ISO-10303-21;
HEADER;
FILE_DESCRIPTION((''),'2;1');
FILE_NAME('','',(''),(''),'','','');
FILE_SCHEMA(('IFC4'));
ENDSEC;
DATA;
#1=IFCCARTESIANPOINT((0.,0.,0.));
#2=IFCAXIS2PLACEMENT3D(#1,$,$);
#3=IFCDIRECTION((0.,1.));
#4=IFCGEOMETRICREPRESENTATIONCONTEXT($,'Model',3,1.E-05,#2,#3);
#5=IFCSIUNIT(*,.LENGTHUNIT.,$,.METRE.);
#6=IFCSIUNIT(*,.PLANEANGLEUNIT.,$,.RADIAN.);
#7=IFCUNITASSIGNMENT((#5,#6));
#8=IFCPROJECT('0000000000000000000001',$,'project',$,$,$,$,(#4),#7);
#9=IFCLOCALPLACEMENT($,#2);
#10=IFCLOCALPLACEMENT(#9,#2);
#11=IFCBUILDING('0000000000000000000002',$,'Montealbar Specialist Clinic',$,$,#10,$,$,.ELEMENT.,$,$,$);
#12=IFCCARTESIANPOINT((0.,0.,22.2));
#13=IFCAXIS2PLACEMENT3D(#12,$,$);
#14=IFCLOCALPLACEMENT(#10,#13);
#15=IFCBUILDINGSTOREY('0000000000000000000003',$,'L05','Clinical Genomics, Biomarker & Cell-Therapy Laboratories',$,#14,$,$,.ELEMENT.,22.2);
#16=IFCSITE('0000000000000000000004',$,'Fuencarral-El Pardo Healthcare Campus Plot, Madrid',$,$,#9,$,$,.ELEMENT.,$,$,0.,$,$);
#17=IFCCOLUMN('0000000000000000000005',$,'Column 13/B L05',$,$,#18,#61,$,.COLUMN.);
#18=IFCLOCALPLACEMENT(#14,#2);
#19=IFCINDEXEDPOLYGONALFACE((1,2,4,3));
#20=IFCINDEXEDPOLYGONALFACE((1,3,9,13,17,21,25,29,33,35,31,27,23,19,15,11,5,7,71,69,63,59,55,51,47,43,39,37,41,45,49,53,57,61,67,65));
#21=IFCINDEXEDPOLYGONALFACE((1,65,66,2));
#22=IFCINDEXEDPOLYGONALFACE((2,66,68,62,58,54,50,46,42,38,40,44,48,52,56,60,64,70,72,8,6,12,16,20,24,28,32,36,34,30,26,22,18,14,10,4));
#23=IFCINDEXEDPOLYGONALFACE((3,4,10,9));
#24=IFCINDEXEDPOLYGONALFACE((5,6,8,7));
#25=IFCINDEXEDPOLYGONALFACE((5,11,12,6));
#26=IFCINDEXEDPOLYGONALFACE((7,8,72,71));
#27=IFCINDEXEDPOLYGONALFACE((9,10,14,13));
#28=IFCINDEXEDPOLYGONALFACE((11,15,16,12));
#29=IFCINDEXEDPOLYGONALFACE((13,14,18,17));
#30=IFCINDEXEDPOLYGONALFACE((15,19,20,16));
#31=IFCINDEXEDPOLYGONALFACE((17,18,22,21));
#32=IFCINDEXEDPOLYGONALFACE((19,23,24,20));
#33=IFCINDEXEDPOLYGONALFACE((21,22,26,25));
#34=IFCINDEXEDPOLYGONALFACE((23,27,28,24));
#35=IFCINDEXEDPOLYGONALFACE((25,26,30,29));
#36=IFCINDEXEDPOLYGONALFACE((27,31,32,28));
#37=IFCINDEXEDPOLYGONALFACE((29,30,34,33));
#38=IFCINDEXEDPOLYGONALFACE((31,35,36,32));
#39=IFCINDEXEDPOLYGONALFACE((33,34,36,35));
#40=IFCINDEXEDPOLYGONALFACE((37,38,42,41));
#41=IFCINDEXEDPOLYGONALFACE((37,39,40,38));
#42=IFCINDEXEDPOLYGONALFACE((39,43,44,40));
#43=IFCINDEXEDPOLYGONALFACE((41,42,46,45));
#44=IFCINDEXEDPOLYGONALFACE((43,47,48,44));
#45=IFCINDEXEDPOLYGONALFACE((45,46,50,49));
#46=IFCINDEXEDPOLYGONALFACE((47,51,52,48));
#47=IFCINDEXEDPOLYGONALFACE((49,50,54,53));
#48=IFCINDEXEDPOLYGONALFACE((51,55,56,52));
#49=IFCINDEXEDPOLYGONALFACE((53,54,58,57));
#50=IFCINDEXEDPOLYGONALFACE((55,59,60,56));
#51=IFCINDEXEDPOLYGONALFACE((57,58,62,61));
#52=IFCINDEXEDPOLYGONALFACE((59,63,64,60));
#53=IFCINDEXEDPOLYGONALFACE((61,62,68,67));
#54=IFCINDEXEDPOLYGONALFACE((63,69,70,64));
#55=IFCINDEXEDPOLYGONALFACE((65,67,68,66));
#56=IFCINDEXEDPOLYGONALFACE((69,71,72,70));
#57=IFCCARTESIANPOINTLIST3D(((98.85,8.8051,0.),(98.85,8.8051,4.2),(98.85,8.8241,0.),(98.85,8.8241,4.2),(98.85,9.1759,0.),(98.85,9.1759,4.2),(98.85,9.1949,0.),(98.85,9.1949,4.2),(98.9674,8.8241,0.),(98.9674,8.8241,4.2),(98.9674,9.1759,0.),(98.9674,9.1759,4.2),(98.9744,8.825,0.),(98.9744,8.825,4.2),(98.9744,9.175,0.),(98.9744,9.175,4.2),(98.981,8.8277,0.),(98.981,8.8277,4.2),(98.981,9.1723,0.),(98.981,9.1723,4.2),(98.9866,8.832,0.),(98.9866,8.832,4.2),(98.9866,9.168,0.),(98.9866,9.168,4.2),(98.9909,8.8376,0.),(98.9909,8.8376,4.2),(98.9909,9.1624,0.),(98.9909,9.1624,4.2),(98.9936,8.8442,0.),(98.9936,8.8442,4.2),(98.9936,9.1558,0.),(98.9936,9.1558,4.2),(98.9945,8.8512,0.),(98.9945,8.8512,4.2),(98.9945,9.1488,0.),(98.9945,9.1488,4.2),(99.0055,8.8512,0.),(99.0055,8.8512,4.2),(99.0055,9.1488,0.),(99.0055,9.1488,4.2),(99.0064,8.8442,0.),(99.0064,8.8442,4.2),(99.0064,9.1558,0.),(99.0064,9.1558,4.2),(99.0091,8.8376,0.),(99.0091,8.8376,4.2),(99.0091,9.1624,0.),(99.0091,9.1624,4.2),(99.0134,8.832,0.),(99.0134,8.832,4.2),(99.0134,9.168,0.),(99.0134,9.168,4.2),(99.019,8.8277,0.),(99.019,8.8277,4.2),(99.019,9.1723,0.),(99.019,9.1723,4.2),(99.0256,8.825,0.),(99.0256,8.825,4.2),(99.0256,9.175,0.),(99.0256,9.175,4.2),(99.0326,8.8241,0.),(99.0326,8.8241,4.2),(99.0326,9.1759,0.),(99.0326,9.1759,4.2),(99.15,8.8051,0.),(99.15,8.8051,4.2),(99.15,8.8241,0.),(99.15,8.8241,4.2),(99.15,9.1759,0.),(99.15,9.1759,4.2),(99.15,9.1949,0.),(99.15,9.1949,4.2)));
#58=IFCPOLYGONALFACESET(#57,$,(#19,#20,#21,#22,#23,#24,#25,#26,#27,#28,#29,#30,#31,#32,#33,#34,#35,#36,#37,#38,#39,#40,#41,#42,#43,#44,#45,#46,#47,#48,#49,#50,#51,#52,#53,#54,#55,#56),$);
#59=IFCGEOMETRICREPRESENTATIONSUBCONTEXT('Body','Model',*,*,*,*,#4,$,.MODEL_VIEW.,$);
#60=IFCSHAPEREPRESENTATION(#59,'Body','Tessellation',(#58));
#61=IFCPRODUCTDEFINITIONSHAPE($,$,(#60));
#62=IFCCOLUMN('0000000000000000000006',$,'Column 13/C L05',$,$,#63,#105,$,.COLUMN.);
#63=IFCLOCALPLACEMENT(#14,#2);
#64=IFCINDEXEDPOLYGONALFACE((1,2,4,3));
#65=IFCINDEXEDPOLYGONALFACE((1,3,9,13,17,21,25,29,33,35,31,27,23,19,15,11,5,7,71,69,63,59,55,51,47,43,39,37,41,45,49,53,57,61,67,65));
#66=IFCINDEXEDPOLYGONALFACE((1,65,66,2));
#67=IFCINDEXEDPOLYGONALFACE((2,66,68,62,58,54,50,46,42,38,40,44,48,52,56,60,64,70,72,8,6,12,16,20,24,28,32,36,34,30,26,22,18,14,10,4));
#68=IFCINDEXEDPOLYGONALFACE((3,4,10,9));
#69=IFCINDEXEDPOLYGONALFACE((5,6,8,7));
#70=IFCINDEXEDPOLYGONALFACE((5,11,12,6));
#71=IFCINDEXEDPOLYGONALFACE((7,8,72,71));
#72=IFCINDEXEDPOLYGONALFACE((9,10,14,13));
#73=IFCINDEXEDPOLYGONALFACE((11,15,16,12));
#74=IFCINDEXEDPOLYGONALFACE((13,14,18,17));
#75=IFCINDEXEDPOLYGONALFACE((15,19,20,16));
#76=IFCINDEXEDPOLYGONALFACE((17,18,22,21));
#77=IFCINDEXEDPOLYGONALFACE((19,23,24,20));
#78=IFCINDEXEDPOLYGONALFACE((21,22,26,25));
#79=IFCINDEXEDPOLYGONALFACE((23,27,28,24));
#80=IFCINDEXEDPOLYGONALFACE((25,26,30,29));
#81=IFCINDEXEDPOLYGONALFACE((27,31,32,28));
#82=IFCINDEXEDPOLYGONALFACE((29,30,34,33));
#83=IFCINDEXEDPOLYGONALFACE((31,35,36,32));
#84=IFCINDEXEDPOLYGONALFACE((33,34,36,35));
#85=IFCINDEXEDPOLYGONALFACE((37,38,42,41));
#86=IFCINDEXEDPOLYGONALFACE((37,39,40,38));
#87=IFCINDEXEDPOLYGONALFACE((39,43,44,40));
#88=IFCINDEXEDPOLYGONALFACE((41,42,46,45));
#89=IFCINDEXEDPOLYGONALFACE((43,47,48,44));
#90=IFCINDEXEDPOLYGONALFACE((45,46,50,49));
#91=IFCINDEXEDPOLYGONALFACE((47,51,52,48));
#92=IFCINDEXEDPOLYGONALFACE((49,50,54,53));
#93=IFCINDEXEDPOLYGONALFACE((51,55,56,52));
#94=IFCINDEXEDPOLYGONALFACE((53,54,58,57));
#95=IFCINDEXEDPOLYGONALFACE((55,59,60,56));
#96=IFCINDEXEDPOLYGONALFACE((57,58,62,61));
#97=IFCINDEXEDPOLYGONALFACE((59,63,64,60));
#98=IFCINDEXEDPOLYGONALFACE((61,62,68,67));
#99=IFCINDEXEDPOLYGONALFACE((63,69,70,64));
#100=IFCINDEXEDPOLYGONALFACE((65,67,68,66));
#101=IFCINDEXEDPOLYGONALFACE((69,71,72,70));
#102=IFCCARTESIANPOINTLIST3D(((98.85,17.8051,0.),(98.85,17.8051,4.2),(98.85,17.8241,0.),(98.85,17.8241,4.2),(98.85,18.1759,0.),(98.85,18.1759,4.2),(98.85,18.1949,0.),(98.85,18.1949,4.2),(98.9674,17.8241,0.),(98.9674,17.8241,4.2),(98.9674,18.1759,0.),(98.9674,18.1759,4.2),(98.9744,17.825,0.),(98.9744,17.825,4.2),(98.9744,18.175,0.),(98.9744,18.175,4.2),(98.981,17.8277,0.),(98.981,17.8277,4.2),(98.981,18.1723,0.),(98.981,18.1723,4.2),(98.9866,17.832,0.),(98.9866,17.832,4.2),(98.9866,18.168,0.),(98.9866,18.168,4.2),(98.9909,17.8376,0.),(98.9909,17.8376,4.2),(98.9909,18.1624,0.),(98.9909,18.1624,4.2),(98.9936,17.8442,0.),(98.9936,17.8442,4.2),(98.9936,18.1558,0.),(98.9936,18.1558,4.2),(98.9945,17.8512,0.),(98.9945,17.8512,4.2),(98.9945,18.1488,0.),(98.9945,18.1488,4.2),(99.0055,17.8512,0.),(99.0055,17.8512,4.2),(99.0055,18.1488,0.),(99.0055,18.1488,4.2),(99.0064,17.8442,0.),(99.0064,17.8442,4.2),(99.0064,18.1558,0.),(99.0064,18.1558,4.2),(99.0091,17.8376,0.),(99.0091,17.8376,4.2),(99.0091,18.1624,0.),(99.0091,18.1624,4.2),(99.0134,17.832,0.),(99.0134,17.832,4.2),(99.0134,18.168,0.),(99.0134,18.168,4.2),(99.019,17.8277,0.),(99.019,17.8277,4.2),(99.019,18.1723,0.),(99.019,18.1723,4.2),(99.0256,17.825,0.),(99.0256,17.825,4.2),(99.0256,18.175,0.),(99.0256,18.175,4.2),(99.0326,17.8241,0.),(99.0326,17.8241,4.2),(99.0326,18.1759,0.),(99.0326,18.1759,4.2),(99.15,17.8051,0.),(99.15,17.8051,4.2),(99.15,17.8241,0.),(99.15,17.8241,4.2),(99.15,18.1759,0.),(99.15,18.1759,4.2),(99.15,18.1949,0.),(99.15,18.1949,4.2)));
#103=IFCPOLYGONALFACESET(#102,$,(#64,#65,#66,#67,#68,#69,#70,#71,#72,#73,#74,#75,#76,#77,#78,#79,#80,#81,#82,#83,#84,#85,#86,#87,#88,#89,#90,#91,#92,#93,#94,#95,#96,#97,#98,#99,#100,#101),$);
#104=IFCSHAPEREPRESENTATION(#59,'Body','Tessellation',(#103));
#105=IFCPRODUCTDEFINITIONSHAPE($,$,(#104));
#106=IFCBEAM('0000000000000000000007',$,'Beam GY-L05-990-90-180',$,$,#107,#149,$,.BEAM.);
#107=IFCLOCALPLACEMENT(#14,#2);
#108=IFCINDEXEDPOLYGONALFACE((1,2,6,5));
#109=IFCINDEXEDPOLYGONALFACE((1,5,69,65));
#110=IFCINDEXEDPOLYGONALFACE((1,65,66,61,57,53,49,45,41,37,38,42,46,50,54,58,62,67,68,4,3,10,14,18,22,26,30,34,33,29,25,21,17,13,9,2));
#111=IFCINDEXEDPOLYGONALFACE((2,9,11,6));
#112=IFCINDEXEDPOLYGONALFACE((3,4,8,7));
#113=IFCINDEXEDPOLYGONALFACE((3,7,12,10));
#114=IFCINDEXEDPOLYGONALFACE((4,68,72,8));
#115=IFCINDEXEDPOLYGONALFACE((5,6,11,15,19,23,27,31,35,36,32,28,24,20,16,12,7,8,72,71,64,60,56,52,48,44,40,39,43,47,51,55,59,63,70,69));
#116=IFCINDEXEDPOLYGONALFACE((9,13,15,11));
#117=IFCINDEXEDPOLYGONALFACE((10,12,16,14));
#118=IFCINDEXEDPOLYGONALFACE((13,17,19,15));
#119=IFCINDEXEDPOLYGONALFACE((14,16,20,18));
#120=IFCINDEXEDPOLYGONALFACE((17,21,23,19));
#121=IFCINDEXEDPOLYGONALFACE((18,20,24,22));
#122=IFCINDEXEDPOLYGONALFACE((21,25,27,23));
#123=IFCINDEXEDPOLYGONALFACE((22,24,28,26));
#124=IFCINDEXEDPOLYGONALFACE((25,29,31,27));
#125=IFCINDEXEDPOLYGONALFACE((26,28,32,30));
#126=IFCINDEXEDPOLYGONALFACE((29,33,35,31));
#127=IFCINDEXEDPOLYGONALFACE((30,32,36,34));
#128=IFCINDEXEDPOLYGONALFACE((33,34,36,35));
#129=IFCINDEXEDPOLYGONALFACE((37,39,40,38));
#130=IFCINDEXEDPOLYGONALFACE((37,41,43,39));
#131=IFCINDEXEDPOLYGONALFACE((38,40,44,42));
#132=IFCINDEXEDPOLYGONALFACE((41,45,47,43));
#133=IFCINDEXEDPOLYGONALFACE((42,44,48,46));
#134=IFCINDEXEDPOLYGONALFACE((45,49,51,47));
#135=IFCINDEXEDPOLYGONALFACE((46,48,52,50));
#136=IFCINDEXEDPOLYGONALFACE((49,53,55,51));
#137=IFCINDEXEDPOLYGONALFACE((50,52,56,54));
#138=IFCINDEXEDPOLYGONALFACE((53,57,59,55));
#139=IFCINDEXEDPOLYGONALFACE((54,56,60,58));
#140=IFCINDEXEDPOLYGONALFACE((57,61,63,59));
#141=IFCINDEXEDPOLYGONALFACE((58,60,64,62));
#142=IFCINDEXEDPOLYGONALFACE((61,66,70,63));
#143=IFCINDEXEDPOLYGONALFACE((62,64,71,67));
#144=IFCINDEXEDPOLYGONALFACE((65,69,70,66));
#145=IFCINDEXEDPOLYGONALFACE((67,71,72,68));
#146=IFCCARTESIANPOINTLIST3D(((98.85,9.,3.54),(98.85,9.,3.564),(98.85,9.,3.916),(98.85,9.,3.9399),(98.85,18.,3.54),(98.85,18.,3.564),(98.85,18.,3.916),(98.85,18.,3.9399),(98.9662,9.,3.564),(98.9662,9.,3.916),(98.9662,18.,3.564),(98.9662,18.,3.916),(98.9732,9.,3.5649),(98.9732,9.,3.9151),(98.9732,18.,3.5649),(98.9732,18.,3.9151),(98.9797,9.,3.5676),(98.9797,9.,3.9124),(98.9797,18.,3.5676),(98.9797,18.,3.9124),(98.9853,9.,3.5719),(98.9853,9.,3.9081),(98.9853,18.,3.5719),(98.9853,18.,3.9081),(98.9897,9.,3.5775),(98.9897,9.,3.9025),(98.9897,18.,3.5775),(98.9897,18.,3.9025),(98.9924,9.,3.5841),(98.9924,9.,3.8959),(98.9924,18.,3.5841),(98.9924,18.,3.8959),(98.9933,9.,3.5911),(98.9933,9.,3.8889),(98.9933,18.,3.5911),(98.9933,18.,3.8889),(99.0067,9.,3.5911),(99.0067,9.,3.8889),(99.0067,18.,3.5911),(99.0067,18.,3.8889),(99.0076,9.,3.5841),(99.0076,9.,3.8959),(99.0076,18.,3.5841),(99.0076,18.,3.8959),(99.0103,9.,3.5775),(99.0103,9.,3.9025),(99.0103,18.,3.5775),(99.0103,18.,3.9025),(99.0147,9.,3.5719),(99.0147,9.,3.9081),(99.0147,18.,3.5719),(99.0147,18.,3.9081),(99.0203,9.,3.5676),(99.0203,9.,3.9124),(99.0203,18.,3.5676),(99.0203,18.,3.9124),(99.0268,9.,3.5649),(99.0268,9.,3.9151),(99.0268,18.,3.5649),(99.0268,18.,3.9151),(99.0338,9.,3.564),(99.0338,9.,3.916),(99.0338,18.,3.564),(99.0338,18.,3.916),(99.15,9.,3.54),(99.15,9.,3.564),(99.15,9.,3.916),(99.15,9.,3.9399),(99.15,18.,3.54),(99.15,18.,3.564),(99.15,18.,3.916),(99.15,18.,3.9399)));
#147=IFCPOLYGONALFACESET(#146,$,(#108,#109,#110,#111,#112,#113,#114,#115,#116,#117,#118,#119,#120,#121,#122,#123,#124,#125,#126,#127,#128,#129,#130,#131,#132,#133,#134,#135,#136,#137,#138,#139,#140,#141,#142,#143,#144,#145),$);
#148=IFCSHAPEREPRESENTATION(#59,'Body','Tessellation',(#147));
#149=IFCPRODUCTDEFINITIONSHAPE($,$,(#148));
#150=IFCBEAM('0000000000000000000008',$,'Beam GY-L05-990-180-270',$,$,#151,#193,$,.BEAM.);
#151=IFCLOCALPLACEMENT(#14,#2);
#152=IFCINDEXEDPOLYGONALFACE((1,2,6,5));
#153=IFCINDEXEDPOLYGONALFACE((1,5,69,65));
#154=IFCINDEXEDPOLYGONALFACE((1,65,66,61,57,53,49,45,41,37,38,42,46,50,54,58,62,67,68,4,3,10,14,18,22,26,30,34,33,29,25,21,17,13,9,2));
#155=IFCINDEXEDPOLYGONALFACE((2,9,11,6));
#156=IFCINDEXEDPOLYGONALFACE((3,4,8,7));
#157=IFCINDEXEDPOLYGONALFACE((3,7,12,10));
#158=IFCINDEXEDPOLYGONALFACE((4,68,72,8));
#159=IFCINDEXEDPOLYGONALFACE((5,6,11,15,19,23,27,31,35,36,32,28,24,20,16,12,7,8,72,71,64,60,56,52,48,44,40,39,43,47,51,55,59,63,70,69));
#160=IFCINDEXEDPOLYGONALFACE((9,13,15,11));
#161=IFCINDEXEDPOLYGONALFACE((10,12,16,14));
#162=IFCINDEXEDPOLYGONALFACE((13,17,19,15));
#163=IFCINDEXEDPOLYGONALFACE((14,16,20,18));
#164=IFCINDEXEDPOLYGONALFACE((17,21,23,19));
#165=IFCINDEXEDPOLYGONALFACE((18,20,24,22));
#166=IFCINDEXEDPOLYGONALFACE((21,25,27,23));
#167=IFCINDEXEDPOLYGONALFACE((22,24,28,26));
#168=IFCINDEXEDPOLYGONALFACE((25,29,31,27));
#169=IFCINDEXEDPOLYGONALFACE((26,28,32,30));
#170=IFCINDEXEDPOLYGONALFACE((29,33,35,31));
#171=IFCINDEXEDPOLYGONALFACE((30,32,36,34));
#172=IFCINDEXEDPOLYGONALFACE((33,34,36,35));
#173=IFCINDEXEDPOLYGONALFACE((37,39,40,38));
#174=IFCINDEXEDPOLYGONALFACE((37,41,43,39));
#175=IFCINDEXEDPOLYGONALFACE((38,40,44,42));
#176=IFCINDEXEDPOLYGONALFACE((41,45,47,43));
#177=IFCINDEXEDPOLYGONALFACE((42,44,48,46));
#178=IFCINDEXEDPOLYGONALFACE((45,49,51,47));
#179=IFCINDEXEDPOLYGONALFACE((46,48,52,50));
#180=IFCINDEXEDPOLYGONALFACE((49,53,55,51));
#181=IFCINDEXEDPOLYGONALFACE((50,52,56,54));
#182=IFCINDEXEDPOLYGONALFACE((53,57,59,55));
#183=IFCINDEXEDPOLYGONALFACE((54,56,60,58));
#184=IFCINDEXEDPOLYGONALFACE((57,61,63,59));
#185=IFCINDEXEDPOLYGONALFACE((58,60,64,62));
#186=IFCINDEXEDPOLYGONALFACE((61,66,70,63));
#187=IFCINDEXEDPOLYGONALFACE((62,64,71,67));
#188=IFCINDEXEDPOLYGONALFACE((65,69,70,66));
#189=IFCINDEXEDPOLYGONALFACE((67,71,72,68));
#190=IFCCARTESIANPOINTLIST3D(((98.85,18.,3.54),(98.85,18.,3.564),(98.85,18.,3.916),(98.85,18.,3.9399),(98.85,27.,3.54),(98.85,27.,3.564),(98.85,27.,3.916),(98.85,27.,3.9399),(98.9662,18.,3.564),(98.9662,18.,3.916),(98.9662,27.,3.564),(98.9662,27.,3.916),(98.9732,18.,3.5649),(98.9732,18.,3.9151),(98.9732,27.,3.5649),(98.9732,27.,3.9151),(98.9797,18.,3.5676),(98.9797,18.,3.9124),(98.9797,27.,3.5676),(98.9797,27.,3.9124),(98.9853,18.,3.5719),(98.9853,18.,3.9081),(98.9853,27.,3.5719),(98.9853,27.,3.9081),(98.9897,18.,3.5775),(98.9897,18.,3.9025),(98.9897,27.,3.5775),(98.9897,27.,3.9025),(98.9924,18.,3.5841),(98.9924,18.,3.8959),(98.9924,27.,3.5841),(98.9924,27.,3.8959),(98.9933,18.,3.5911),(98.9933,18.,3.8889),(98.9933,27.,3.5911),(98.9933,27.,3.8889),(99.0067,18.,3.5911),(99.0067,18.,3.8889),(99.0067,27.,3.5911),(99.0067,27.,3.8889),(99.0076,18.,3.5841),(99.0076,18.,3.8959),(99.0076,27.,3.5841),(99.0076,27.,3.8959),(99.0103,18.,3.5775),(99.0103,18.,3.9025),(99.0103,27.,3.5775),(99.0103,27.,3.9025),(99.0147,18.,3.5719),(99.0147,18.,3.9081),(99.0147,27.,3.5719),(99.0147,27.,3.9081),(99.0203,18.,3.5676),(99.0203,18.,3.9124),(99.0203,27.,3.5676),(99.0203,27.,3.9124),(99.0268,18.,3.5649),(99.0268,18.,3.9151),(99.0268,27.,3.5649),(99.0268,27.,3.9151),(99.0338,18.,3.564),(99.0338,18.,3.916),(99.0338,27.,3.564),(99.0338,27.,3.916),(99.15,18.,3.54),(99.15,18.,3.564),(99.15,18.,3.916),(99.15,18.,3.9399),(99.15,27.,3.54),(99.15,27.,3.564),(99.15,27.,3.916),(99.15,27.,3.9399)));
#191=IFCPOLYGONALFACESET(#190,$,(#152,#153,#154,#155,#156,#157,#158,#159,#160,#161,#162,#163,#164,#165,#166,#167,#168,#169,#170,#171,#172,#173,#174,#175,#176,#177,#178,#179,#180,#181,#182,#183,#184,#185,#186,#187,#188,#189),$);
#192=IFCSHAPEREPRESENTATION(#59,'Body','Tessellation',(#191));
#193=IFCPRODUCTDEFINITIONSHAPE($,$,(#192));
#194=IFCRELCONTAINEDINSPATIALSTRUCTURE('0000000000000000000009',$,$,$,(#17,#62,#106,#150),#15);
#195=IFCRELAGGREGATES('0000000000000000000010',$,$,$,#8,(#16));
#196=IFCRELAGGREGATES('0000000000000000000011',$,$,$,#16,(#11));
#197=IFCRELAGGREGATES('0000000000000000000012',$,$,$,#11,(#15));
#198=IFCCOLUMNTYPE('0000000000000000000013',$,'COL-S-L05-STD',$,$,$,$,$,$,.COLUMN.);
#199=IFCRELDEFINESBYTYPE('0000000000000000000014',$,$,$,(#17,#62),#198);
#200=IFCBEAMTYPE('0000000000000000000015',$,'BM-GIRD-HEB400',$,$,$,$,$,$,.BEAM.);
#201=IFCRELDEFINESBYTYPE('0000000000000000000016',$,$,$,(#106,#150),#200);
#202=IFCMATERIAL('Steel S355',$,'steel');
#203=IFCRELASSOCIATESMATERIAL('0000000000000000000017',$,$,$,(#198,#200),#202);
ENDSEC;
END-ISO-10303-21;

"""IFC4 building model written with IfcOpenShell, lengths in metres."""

from ifc_helpers import new_model, si_unit, direction, frame, origin, origin_2d, place, context, subcontext, project, spatial, i_section, extrude, material, material_profile, profile_set, type_object, element, save


model = new_model("IFC4")

# Units and contexts
model_context = context("Model", 3, precision=1e-05, world=origin(), true_north=direction((0.0, 1.0)))
body_context = subcontext(model_context, "Body", "Model", "MODEL_VIEW")
ifc_project = project(units=[si_unit("LENGTHUNIT", "METRE"), si_unit("PLANEANGLEUNIT", "RADIAN")], contexts=[model_context])

# Site, building, storey
site_placement = place(None, origin())
site = spatial("IfcSite", under=ifc_project, at=site_placement, Name="Fuencarral-El Pardo Healthcare Campus Plot, Madrid", CompositionType="ELEMENT", RefElevation=0.0)
building_placement = place(site_placement, origin())
building = spatial("IfcBuilding", under=site, at=building_placement, Name="Montealbar Specialist Clinic", CompositionType="ELEMENT")
storey_placement = place(building_placement, frame((0.0, 0.0, 22.2)))
storey = spatial("IfcBuildingStorey", under=building, at=storey_placement, Name="L05", Description="Clinical Genomics, Biomarker & Cell-Therapy Laboratories", CompositionType="ELEMENT", Elevation=22.2)

# Columns
ifc_material_1 = material(Name="Steel S355", Category="steel")
ifc_material_profile_1 = material_profile(ifc_material_1, i_section(OverallWidth=0.3, OverallDepth=0.3899, WebThickness=0.011, FlangeThickness=0.019, FilletRadius=0.0271, at=origin_2d()), Name="HEA 400", Category="steel")
ifc_profile_set_1 = profile_set([ifc_material_profile_1], Name="Steel S355")
column_type = type_object("IfcColumnType", Name="COL-S-L05-STD", PredefinedType="COLUMN", material=ifc_profile_set_1)
for number, where, z_axis, x_axis, name in (
    (1, (99.0, 9.0, 0.0), (0.0, 0.0, 1.0), (1.0, 0.0, 0.0), "Column 13/B L05"),
    (2, (99.0, 18.0, 0.0), (0.0, 0.0, 1.0), (1.0, 0.0, 0.0), "Column 13/C L05"),
):
    element("IfcColumn", number, at=place(storey_placement, frame(where, z_axis=z_axis, x_axis=x_axis)), inside=storey, type_object=column_type, Name=name, PredefinedType="COLUMN", context=body_context, shape_type="SweptSolid", body=[
        extrude(i_section(OverallWidth=0.3, OverallDepth=0.3899, WebThickness=0.011, FlangeThickness=0.019, FilletRadius=0.0271, at=origin_2d()), origin(), (0.0, 0.0, 1.0), 4.2),
    ])

# Beams
ifc_material_profile_2 = material_profile(ifc_material_1, i_section(OverallWidth=0.3, OverallDepth=0.3999, WebThickness=0.0134, FlangeThickness=0.0239, FilletRadius=0.0271, at=origin_2d()), Name="HEB 400", Category="steel")
ifc_profile_set_2 = profile_set([ifc_material_profile_2], Name="Steel S355")
beam_type_1 = type_object("IfcBeamType", Name="BM-GIRD-HEB400", PredefinedType="BEAM", material=ifc_profile_set_2)
for number, where, z_axis, x_axis, name in (
    (3, (99.0, 9.0, 3.74), (0.0, 1.0, 0.0), (-1.0, 0.0, 0.0), "Beam GY-L05-990-90-180"),
    (4, (99.0, 18.0, 3.74), (0.0, 1.0, 0.0), (-1.0, 0.0, 0.0), "Beam GY-L05-990-180-270"),
):
    element("IfcBeam", number, at=place(storey_placement, frame(where, z_axis=z_axis, x_axis=x_axis)), inside=storey, type_object=beam_type_1, Name=name, PredefinedType="BEAM", context=body_context, shape_type="SweptSolid", body=[
        extrude(i_section(OverallWidth=0.3, OverallDepth=0.3999, WebThickness=0.0134, FlangeThickness=0.0239, FilletRadius=0.0271, at=origin_2d()), origin(), (0.0, 0.0, 1.0), 9.0),
    ])

save(model, "model.ifc")
